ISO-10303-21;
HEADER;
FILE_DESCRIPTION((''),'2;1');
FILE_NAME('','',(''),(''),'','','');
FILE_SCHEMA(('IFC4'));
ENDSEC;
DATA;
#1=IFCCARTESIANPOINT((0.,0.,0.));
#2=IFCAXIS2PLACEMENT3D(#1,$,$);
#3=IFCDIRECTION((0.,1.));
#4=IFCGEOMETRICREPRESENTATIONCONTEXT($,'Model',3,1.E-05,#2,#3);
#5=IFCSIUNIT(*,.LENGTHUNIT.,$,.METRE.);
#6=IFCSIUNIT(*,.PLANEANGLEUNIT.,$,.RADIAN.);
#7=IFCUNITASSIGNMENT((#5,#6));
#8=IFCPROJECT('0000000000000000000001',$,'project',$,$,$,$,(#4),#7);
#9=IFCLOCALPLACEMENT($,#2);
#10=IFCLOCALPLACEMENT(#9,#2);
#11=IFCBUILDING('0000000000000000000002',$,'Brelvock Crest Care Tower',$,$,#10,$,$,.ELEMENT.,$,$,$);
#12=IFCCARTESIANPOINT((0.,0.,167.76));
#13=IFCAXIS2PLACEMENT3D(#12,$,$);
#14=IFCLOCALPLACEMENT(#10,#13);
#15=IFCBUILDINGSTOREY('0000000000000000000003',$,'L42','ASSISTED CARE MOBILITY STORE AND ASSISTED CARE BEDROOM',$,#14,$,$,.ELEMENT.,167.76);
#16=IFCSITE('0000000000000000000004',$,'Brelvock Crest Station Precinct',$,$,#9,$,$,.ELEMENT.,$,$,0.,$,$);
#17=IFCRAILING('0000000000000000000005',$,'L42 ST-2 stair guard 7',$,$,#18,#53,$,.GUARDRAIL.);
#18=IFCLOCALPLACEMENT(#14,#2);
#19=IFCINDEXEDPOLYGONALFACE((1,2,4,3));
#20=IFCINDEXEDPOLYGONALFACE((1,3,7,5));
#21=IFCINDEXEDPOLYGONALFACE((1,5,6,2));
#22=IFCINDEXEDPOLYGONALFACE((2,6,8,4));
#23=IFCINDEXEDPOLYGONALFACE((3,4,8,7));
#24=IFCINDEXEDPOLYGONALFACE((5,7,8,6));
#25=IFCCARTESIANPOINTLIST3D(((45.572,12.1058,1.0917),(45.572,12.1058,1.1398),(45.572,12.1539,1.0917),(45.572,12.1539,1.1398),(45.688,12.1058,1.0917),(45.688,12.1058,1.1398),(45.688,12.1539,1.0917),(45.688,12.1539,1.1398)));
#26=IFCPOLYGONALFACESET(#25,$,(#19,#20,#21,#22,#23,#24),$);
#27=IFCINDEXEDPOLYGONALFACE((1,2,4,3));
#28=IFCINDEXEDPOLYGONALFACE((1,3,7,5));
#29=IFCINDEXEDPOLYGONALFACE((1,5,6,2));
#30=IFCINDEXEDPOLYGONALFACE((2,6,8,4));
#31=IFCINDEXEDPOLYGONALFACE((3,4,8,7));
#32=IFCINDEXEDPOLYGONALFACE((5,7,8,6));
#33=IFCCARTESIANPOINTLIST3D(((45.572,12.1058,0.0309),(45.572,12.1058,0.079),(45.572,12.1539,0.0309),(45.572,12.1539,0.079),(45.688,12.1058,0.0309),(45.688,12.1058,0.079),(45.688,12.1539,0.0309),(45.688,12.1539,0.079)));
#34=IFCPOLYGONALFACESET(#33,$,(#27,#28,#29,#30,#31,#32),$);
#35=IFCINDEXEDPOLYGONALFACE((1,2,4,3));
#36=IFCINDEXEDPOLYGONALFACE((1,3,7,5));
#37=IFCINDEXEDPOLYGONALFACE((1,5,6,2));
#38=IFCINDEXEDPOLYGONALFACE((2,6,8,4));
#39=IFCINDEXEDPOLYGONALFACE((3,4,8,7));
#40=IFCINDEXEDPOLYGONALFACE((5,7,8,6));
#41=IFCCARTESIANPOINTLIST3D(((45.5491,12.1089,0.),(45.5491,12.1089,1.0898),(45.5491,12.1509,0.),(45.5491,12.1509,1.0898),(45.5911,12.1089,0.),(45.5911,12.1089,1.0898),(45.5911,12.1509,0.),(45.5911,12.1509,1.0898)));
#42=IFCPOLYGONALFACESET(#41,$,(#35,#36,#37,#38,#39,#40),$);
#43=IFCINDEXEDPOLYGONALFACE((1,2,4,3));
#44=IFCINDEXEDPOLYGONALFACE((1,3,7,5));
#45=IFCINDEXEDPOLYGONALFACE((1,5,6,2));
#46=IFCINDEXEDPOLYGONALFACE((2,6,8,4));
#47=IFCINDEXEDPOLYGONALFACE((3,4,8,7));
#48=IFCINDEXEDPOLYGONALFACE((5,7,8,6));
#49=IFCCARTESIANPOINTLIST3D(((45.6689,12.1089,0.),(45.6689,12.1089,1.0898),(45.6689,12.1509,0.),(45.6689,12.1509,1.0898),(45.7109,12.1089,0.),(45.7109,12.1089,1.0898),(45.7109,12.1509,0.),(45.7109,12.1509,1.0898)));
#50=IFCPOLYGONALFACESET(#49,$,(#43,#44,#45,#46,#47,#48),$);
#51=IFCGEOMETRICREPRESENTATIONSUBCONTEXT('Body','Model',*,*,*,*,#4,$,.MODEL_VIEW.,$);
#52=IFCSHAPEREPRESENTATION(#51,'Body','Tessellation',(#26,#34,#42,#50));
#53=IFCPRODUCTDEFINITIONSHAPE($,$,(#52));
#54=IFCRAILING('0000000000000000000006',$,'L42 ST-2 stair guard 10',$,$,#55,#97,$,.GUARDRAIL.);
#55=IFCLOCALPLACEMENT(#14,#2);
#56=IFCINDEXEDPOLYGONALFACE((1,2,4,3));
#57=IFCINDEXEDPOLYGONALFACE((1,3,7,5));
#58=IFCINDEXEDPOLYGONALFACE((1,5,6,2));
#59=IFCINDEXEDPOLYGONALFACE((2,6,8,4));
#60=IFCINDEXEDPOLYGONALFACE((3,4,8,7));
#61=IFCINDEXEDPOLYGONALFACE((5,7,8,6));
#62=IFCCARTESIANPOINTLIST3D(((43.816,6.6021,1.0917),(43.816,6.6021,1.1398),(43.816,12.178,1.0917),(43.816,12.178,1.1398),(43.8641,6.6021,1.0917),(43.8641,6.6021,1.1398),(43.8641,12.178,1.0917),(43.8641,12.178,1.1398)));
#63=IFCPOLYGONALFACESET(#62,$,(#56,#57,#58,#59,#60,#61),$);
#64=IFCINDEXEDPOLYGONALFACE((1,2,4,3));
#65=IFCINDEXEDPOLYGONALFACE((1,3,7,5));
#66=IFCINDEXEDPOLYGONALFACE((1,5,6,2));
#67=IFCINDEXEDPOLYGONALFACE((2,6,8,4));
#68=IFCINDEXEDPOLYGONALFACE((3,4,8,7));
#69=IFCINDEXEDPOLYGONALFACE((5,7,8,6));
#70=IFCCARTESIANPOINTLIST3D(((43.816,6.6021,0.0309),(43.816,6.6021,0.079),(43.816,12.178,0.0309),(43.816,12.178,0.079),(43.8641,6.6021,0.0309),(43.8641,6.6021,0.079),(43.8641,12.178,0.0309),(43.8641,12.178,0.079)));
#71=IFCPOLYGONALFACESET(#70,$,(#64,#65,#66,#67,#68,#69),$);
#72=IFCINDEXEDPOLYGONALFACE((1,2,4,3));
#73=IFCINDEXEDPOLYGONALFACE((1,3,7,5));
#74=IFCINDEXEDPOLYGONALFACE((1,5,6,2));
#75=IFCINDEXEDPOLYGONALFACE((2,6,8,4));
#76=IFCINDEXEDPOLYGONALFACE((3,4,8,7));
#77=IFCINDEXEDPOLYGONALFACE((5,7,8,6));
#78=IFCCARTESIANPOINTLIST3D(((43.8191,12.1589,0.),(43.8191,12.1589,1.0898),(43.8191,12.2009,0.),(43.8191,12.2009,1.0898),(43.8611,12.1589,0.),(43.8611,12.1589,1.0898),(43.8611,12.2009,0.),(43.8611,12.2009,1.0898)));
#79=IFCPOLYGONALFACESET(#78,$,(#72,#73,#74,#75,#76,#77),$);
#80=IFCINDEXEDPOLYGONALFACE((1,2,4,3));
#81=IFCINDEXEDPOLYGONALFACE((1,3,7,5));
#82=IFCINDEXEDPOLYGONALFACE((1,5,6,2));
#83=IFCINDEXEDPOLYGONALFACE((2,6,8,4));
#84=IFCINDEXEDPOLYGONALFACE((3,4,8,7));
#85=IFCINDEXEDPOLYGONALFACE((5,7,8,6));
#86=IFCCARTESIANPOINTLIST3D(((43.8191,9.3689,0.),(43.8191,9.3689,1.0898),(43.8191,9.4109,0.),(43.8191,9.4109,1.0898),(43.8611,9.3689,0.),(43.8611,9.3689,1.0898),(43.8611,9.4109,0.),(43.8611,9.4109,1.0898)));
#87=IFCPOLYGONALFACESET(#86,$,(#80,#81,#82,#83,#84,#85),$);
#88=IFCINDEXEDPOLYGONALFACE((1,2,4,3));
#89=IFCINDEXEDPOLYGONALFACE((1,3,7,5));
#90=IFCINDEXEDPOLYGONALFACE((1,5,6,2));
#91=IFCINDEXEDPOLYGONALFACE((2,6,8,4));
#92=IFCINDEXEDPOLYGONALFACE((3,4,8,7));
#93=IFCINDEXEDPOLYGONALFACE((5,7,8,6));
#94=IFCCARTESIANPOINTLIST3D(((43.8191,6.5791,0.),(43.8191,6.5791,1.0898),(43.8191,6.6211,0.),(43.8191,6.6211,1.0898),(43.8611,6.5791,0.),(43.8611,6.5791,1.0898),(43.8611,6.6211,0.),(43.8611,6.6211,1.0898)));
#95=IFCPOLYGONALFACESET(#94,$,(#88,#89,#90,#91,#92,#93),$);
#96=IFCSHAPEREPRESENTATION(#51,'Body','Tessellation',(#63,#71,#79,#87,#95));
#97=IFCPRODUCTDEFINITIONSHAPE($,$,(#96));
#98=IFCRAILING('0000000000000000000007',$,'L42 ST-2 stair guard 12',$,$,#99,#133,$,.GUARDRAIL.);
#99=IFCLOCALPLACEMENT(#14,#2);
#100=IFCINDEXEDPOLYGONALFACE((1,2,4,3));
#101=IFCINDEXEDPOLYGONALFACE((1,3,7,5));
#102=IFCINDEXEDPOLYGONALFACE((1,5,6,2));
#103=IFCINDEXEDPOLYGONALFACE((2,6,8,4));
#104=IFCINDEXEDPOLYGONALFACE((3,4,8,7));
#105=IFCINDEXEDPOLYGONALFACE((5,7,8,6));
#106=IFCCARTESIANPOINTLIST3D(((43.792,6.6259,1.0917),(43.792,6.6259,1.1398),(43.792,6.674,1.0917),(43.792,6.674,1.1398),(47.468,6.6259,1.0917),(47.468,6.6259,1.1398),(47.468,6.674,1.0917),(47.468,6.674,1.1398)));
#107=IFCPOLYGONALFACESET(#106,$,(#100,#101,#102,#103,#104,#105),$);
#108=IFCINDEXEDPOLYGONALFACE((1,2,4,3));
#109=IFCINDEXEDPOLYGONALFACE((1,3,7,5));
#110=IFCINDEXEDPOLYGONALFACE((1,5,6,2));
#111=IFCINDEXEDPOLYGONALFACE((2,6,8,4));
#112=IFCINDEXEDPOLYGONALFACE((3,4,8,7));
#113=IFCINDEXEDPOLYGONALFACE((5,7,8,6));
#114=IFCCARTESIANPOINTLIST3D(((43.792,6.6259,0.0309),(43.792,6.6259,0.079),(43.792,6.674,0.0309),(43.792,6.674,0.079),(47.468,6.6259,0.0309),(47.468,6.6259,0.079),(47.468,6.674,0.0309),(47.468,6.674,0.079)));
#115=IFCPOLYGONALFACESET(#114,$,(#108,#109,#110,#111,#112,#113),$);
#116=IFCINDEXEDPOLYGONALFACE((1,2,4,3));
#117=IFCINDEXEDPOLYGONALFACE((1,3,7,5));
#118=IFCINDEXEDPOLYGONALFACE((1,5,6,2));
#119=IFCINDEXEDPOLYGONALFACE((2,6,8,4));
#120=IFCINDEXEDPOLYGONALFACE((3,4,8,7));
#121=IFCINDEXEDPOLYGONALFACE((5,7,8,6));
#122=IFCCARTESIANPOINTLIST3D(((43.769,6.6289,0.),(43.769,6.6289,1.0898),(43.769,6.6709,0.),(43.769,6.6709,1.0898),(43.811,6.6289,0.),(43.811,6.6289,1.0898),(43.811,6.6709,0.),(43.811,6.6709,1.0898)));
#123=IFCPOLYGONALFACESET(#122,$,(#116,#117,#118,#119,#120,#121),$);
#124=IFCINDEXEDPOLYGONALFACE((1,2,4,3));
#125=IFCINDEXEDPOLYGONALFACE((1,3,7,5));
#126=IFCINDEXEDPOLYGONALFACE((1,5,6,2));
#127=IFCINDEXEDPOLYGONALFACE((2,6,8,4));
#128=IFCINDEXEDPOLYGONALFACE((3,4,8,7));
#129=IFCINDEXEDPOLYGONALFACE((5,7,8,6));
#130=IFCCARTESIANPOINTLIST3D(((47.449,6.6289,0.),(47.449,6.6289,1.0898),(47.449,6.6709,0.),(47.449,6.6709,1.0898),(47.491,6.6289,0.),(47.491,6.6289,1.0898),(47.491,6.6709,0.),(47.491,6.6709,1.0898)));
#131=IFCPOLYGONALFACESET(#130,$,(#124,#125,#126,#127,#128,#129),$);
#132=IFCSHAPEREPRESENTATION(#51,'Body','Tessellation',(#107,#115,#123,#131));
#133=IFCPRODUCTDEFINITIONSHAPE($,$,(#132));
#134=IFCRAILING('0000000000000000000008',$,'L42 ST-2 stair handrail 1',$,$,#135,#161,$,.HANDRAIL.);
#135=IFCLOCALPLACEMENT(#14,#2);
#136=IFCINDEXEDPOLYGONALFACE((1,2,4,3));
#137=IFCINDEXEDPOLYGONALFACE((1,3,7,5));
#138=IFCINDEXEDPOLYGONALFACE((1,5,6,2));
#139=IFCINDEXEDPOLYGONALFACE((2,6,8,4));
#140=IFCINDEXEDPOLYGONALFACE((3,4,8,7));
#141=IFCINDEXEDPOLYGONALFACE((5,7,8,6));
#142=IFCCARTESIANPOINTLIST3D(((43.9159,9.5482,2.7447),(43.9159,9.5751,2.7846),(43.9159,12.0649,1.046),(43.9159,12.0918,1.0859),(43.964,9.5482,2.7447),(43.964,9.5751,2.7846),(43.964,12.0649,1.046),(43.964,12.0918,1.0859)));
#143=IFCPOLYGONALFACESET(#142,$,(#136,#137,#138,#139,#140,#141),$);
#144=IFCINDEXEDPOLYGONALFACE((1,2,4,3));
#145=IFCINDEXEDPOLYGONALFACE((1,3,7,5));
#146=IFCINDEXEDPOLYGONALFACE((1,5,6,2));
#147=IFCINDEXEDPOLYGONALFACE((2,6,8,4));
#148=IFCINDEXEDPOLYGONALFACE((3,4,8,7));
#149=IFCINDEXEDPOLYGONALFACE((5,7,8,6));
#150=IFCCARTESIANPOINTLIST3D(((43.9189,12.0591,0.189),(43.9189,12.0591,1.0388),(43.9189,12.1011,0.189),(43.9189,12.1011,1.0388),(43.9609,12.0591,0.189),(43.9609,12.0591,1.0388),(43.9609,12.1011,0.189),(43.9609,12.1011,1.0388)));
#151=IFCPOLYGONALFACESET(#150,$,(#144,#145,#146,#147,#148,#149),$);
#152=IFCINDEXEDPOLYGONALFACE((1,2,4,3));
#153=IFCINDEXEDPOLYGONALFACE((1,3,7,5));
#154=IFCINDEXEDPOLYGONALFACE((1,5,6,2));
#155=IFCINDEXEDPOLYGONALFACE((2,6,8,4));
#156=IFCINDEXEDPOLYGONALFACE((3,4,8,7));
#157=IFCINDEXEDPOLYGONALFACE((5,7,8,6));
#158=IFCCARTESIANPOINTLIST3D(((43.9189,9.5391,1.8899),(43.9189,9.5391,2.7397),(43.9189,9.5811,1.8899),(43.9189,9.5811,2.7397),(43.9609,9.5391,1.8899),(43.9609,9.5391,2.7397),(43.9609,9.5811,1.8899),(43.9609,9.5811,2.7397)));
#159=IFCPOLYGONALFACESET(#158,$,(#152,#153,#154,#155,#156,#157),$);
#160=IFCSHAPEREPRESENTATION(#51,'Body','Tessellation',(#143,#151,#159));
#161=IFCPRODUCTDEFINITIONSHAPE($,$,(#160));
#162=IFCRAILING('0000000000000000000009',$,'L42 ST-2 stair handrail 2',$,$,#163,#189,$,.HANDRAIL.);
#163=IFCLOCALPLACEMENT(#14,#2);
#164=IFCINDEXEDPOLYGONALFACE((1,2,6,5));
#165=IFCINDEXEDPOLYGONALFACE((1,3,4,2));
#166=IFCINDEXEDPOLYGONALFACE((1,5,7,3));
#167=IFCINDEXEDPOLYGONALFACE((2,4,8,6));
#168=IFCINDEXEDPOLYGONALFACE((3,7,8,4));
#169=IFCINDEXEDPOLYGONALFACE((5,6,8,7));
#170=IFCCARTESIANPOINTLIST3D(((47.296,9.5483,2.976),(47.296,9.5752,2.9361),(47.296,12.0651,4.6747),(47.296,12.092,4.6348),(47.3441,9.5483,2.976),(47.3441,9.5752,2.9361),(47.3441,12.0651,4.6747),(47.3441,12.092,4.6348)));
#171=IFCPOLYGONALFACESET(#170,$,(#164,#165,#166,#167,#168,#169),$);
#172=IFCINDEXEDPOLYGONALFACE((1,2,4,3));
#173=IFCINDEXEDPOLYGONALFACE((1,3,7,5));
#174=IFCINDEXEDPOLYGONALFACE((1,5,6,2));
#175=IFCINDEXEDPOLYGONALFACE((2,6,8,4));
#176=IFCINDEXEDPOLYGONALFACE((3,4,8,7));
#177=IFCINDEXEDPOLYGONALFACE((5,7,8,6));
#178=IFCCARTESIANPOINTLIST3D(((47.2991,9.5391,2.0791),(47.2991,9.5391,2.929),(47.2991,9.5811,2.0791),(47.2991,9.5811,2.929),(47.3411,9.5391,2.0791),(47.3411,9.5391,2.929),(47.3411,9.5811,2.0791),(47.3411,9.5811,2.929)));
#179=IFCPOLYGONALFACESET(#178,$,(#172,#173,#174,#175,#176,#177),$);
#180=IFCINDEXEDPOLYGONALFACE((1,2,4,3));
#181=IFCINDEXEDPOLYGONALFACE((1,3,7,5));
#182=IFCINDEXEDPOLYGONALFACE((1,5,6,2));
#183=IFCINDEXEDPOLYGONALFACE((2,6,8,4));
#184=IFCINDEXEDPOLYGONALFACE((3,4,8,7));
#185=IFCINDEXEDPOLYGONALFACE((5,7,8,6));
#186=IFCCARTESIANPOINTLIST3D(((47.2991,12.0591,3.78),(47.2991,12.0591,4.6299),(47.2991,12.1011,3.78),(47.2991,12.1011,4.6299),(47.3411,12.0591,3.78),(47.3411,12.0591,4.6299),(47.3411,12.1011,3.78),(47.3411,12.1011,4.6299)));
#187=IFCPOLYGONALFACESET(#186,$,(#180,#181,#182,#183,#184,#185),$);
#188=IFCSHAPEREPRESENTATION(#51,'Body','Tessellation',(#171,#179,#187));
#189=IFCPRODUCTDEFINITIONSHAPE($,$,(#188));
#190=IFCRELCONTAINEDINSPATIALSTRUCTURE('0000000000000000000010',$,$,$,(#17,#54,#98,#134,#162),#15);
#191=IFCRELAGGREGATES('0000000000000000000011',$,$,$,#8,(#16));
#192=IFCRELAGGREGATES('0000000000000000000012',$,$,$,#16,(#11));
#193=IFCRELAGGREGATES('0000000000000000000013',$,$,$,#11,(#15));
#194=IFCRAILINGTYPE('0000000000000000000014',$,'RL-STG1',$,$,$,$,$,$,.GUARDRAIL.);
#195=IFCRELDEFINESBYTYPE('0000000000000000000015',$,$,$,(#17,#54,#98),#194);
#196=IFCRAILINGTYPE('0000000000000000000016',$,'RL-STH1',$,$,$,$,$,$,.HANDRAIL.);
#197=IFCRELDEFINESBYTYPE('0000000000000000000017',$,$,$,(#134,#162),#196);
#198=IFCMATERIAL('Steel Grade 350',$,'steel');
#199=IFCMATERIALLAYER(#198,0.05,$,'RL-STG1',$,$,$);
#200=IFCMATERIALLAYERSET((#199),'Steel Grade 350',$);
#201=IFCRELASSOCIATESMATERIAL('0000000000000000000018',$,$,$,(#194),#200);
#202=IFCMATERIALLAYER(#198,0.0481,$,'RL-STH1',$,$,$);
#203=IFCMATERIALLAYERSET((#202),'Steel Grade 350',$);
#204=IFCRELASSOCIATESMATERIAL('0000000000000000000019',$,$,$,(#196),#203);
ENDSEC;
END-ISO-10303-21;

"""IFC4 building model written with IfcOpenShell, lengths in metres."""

from ifc_helpers import new_model, si_unit, direction, frame, origin, origin_2d, place, context, subcontext, project, spatial, rectangle, extrude, material, layer, layer_set, type_object, element, save


model = new_model("IFC4")

# Units and contexts
model_context = context("Model", 3, precision=1e-05, world=origin(), true_north=direction((0.0, 1.0)))
body_context = subcontext(model_context, "Body", "Model", "MODEL_VIEW")
ifc_project = project(units=[si_unit("LENGTHUNIT", "METRE"), si_unit("PLANEANGLEUNIT", "RADIAN")], contexts=[model_context])

# Site, building, storey
site_placement = place(None, origin())
site = spatial("IfcSite", under=ifc_project, at=site_placement, Name="Brelvock Crest Station Precinct", CompositionType="ELEMENT", RefElevation=0.0)
building_placement = place(site_placement, origin())
building = spatial("IfcBuilding", under=site, at=building_placement, Name="Brelvock Crest Care Tower", CompositionType="ELEMENT")
storey_placement = place(building_placement, frame((0.0, 0.0, 167.76)))
storey = spatial("IfcBuildingStorey", under=building, at=storey_placement, Name="L42", Description="ASSISTED CARE MOBILITY STORE AND ASSISTED CARE BEDROOM", CompositionType="ELEMENT", Elevation=167.76)

# Shared definitions
ifc_material_1 = material(Name="Steel Grade 350", Category="steel")

# Railings
ifc_layer_1 = layer(ifc_material_1, 0.05, Name="RL-STG1")
ifc_layer_set_1 = layer_set([ifc_layer_1], Name="Steel Grade 350")
railing_type_1 = type_object("IfcRailingType", Name="RL-STG1", PredefinedType="GUARDRAIL", material=ifc_layer_set_1)
railing_1_placement = place(storey_placement, frame((45.5701, 12.1299, 0.0)))
element("IfcRailing", 1, at=railing_1_placement, inside=storey, type_object=railing_type_1, Name="L42 ST-2 stair guard 7", PredefinedType="GUARDRAIL", context=body_context, shape_type="SweptSolid", body=[
    extrude(rectangle(XDim=0.0481, YDim=0.0481, at=origin_2d()), frame((0.002, 0.0, 1.1157), z_axis=(1.0, 0.0, 0.0), x_axis=(0.0, 1.0, 0.0)), (0.0, 0.0, 1.0), 0.116),
    extrude(rectangle(XDim=0.0481, YDim=0.0481, at=origin_2d()), frame((0.002, 0.0, 0.0549), z_axis=(1.0, 0.0, 0.0), x_axis=(0.0, 1.0, 0.0)), (0.0, 0.0, 1.0), 0.116),
    extrude(rectangle(XDim=0.042, YDim=0.042, at=origin_2d()), origin(), (0.0, 0.0, 1.0), 1.0898),
    extrude(rectangle(XDim=0.042, YDim=0.042, at=origin_2d()), frame((0.1199, 0.0, 0.0)), (0.0, 0.0, 1.0), 1.0898),
])
railing_2_placement = place(storey_placement, frame((43.8401, 12.1799, 0.0)))
element("IfcRailing", 2, at=railing_2_placement, inside=storey, type_object=railing_type_1, Name="L42 ST-2 stair guard 10", PredefinedType="GUARDRAIL", context=body_context, shape_type="SweptSolid", body=[
    extrude(rectangle(XDim=0.0481, YDim=0.0481, at=origin_2d()), frame((0.0, -0.002, 1.1157), z_axis=(0.0, -1.0, 0.0), x_axis=(1.0, 0.0, 0.0)), (0.0, 0.0, 1.0), 5.5759),
    extrude(rectangle(XDim=0.0481, YDim=0.0481, at=origin_2d()), frame((0.0, -0.002, 0.0549), z_axis=(0.0, -1.0, 0.0), x_axis=(1.0, 0.0, 0.0)), (0.0, 0.0, 1.0), 5.5759),
    extrude(rectangle(XDim=0.042, YDim=0.042, at=origin_2d()), origin(), (0.0, 0.0, 1.0), 1.0898),
    extrude(rectangle(XDim=0.042, YDim=0.042, at=origin_2d()), frame((0.0, -2.79, 0.0)), (0.0, 0.0, 1.0), 1.0898),
    extrude(rectangle(XDim=0.042, YDim=0.042, at=origin_2d()), frame((0.0, -5.5798, 0.0)), (0.0, 0.0, 1.0), 1.0898),
])
railing_3_placement = place(storey_placement, frame((43.79, 6.6499, 0.0)))
element("IfcRailing", 3, at=railing_3_placement, inside=storey, type_object=railing_type_1, Name="L42 ST-2 stair guard 12", PredefinedType="GUARDRAIL", context=body_context, shape_type="SweptSolid", body=[
    extrude(rectangle(XDim=0.0481, YDim=0.0481, at=origin_2d()), frame((0.002, 0.0, 1.1157), z_axis=(1.0, 0.0, 0.0), x_axis=(0.0, 1.0, 0.0)), (0.0, 0.0, 1.0), 3.676),
    extrude(rectangle(XDim=0.0481, YDim=0.0481, at=origin_2d()), frame((0.002, 0.0, 0.0549), z_axis=(1.0, 0.0, 0.0), x_axis=(0.0, 1.0, 0.0)), (0.0, 0.0, 1.0), 3.676),
    extrude(rectangle(XDim=0.042, YDim=0.042, at=origin_2d()), origin(), (0.0, 0.0, 1.0), 1.0898),
    extrude(rectangle(XDim=0.042, YDim=0.042, at=origin_2d()), frame((3.6799, 0.0, 0.0)), (0.0, 0.0, 1.0), 1.0898),
])
ifc_layer_2 = layer(ifc_material_1, 0.0481, Name="RL-STH1")
ifc_layer_set_2 = layer_set([ifc_layer_2], Name="Steel Grade 350")
railing_type_2 = type_object("IfcRailingType", Name="RL-STH1", PredefinedType="HANDRAIL", material=ifc_layer_set_2)
railing_4_placement = place(storey_placement, frame((43.9399, 12.0801, 0.189)))
element("IfcRailing", 4, at=railing_4_placement, inside=storey, type_object=railing_type_2, Name="L42 ST-2 stair handrail 1", PredefinedType="HANDRAIL", context=body_context, shape_type="SweptSolid", body=[
    extrude(rectangle(XDim=0.0481, YDim=0.0481, at=origin_2d()), frame((0.0, -0.0017, 0.877), z_axis=(0.0, -0.828862, 0.559454), x_axis=(1.0, 0.0, 0.0)), (0.0, 0.0, 1.0), 3.0364),
    extrude(rectangle(XDim=0.042, YDim=0.042, at=origin_2d()), origin(), (0.0, 0.0, 1.0), 0.8499),
    extrude(rectangle(XDim=0.042, YDim=0.042, at=origin_2d()), frame((0.0, -2.52, 1.7009)), (0.0, 0.0, 1.0), 0.8499),
])
railing_5_placement = place(storey_placement, frame((47.3201, 9.5601, 2.0791)))
element("IfcRailing", 5, at=railing_5_placement, inside=storey, type_object=railing_type_2, Name="L42 ST-2 stair handrail 2", PredefinedType="HANDRAIL", context=body_context, shape_type="SweptSolid", body=[
    extrude(rectangle(XDim=0.0481, YDim=0.0481, at=origin_2d()), frame((0.0, 0.0017, 0.877), z_axis=(0.0, 0.828862, 0.559454), x_axis=(-1.0, 0.0, 0.0)), (0.0, 0.0, 1.0), 3.0364),
    extrude(rectangle(XDim=0.042, YDim=0.042, at=origin_2d()), origin(), (0.0, 0.0, 1.0), 0.8499),
    extrude(rectangle(XDim=0.042, YDim=0.042, at=origin_2d()), frame((0.0, 2.52, 1.7009)), (0.0, 0.0, 1.0), 0.8499),
])

save(model, "model.ifc")
